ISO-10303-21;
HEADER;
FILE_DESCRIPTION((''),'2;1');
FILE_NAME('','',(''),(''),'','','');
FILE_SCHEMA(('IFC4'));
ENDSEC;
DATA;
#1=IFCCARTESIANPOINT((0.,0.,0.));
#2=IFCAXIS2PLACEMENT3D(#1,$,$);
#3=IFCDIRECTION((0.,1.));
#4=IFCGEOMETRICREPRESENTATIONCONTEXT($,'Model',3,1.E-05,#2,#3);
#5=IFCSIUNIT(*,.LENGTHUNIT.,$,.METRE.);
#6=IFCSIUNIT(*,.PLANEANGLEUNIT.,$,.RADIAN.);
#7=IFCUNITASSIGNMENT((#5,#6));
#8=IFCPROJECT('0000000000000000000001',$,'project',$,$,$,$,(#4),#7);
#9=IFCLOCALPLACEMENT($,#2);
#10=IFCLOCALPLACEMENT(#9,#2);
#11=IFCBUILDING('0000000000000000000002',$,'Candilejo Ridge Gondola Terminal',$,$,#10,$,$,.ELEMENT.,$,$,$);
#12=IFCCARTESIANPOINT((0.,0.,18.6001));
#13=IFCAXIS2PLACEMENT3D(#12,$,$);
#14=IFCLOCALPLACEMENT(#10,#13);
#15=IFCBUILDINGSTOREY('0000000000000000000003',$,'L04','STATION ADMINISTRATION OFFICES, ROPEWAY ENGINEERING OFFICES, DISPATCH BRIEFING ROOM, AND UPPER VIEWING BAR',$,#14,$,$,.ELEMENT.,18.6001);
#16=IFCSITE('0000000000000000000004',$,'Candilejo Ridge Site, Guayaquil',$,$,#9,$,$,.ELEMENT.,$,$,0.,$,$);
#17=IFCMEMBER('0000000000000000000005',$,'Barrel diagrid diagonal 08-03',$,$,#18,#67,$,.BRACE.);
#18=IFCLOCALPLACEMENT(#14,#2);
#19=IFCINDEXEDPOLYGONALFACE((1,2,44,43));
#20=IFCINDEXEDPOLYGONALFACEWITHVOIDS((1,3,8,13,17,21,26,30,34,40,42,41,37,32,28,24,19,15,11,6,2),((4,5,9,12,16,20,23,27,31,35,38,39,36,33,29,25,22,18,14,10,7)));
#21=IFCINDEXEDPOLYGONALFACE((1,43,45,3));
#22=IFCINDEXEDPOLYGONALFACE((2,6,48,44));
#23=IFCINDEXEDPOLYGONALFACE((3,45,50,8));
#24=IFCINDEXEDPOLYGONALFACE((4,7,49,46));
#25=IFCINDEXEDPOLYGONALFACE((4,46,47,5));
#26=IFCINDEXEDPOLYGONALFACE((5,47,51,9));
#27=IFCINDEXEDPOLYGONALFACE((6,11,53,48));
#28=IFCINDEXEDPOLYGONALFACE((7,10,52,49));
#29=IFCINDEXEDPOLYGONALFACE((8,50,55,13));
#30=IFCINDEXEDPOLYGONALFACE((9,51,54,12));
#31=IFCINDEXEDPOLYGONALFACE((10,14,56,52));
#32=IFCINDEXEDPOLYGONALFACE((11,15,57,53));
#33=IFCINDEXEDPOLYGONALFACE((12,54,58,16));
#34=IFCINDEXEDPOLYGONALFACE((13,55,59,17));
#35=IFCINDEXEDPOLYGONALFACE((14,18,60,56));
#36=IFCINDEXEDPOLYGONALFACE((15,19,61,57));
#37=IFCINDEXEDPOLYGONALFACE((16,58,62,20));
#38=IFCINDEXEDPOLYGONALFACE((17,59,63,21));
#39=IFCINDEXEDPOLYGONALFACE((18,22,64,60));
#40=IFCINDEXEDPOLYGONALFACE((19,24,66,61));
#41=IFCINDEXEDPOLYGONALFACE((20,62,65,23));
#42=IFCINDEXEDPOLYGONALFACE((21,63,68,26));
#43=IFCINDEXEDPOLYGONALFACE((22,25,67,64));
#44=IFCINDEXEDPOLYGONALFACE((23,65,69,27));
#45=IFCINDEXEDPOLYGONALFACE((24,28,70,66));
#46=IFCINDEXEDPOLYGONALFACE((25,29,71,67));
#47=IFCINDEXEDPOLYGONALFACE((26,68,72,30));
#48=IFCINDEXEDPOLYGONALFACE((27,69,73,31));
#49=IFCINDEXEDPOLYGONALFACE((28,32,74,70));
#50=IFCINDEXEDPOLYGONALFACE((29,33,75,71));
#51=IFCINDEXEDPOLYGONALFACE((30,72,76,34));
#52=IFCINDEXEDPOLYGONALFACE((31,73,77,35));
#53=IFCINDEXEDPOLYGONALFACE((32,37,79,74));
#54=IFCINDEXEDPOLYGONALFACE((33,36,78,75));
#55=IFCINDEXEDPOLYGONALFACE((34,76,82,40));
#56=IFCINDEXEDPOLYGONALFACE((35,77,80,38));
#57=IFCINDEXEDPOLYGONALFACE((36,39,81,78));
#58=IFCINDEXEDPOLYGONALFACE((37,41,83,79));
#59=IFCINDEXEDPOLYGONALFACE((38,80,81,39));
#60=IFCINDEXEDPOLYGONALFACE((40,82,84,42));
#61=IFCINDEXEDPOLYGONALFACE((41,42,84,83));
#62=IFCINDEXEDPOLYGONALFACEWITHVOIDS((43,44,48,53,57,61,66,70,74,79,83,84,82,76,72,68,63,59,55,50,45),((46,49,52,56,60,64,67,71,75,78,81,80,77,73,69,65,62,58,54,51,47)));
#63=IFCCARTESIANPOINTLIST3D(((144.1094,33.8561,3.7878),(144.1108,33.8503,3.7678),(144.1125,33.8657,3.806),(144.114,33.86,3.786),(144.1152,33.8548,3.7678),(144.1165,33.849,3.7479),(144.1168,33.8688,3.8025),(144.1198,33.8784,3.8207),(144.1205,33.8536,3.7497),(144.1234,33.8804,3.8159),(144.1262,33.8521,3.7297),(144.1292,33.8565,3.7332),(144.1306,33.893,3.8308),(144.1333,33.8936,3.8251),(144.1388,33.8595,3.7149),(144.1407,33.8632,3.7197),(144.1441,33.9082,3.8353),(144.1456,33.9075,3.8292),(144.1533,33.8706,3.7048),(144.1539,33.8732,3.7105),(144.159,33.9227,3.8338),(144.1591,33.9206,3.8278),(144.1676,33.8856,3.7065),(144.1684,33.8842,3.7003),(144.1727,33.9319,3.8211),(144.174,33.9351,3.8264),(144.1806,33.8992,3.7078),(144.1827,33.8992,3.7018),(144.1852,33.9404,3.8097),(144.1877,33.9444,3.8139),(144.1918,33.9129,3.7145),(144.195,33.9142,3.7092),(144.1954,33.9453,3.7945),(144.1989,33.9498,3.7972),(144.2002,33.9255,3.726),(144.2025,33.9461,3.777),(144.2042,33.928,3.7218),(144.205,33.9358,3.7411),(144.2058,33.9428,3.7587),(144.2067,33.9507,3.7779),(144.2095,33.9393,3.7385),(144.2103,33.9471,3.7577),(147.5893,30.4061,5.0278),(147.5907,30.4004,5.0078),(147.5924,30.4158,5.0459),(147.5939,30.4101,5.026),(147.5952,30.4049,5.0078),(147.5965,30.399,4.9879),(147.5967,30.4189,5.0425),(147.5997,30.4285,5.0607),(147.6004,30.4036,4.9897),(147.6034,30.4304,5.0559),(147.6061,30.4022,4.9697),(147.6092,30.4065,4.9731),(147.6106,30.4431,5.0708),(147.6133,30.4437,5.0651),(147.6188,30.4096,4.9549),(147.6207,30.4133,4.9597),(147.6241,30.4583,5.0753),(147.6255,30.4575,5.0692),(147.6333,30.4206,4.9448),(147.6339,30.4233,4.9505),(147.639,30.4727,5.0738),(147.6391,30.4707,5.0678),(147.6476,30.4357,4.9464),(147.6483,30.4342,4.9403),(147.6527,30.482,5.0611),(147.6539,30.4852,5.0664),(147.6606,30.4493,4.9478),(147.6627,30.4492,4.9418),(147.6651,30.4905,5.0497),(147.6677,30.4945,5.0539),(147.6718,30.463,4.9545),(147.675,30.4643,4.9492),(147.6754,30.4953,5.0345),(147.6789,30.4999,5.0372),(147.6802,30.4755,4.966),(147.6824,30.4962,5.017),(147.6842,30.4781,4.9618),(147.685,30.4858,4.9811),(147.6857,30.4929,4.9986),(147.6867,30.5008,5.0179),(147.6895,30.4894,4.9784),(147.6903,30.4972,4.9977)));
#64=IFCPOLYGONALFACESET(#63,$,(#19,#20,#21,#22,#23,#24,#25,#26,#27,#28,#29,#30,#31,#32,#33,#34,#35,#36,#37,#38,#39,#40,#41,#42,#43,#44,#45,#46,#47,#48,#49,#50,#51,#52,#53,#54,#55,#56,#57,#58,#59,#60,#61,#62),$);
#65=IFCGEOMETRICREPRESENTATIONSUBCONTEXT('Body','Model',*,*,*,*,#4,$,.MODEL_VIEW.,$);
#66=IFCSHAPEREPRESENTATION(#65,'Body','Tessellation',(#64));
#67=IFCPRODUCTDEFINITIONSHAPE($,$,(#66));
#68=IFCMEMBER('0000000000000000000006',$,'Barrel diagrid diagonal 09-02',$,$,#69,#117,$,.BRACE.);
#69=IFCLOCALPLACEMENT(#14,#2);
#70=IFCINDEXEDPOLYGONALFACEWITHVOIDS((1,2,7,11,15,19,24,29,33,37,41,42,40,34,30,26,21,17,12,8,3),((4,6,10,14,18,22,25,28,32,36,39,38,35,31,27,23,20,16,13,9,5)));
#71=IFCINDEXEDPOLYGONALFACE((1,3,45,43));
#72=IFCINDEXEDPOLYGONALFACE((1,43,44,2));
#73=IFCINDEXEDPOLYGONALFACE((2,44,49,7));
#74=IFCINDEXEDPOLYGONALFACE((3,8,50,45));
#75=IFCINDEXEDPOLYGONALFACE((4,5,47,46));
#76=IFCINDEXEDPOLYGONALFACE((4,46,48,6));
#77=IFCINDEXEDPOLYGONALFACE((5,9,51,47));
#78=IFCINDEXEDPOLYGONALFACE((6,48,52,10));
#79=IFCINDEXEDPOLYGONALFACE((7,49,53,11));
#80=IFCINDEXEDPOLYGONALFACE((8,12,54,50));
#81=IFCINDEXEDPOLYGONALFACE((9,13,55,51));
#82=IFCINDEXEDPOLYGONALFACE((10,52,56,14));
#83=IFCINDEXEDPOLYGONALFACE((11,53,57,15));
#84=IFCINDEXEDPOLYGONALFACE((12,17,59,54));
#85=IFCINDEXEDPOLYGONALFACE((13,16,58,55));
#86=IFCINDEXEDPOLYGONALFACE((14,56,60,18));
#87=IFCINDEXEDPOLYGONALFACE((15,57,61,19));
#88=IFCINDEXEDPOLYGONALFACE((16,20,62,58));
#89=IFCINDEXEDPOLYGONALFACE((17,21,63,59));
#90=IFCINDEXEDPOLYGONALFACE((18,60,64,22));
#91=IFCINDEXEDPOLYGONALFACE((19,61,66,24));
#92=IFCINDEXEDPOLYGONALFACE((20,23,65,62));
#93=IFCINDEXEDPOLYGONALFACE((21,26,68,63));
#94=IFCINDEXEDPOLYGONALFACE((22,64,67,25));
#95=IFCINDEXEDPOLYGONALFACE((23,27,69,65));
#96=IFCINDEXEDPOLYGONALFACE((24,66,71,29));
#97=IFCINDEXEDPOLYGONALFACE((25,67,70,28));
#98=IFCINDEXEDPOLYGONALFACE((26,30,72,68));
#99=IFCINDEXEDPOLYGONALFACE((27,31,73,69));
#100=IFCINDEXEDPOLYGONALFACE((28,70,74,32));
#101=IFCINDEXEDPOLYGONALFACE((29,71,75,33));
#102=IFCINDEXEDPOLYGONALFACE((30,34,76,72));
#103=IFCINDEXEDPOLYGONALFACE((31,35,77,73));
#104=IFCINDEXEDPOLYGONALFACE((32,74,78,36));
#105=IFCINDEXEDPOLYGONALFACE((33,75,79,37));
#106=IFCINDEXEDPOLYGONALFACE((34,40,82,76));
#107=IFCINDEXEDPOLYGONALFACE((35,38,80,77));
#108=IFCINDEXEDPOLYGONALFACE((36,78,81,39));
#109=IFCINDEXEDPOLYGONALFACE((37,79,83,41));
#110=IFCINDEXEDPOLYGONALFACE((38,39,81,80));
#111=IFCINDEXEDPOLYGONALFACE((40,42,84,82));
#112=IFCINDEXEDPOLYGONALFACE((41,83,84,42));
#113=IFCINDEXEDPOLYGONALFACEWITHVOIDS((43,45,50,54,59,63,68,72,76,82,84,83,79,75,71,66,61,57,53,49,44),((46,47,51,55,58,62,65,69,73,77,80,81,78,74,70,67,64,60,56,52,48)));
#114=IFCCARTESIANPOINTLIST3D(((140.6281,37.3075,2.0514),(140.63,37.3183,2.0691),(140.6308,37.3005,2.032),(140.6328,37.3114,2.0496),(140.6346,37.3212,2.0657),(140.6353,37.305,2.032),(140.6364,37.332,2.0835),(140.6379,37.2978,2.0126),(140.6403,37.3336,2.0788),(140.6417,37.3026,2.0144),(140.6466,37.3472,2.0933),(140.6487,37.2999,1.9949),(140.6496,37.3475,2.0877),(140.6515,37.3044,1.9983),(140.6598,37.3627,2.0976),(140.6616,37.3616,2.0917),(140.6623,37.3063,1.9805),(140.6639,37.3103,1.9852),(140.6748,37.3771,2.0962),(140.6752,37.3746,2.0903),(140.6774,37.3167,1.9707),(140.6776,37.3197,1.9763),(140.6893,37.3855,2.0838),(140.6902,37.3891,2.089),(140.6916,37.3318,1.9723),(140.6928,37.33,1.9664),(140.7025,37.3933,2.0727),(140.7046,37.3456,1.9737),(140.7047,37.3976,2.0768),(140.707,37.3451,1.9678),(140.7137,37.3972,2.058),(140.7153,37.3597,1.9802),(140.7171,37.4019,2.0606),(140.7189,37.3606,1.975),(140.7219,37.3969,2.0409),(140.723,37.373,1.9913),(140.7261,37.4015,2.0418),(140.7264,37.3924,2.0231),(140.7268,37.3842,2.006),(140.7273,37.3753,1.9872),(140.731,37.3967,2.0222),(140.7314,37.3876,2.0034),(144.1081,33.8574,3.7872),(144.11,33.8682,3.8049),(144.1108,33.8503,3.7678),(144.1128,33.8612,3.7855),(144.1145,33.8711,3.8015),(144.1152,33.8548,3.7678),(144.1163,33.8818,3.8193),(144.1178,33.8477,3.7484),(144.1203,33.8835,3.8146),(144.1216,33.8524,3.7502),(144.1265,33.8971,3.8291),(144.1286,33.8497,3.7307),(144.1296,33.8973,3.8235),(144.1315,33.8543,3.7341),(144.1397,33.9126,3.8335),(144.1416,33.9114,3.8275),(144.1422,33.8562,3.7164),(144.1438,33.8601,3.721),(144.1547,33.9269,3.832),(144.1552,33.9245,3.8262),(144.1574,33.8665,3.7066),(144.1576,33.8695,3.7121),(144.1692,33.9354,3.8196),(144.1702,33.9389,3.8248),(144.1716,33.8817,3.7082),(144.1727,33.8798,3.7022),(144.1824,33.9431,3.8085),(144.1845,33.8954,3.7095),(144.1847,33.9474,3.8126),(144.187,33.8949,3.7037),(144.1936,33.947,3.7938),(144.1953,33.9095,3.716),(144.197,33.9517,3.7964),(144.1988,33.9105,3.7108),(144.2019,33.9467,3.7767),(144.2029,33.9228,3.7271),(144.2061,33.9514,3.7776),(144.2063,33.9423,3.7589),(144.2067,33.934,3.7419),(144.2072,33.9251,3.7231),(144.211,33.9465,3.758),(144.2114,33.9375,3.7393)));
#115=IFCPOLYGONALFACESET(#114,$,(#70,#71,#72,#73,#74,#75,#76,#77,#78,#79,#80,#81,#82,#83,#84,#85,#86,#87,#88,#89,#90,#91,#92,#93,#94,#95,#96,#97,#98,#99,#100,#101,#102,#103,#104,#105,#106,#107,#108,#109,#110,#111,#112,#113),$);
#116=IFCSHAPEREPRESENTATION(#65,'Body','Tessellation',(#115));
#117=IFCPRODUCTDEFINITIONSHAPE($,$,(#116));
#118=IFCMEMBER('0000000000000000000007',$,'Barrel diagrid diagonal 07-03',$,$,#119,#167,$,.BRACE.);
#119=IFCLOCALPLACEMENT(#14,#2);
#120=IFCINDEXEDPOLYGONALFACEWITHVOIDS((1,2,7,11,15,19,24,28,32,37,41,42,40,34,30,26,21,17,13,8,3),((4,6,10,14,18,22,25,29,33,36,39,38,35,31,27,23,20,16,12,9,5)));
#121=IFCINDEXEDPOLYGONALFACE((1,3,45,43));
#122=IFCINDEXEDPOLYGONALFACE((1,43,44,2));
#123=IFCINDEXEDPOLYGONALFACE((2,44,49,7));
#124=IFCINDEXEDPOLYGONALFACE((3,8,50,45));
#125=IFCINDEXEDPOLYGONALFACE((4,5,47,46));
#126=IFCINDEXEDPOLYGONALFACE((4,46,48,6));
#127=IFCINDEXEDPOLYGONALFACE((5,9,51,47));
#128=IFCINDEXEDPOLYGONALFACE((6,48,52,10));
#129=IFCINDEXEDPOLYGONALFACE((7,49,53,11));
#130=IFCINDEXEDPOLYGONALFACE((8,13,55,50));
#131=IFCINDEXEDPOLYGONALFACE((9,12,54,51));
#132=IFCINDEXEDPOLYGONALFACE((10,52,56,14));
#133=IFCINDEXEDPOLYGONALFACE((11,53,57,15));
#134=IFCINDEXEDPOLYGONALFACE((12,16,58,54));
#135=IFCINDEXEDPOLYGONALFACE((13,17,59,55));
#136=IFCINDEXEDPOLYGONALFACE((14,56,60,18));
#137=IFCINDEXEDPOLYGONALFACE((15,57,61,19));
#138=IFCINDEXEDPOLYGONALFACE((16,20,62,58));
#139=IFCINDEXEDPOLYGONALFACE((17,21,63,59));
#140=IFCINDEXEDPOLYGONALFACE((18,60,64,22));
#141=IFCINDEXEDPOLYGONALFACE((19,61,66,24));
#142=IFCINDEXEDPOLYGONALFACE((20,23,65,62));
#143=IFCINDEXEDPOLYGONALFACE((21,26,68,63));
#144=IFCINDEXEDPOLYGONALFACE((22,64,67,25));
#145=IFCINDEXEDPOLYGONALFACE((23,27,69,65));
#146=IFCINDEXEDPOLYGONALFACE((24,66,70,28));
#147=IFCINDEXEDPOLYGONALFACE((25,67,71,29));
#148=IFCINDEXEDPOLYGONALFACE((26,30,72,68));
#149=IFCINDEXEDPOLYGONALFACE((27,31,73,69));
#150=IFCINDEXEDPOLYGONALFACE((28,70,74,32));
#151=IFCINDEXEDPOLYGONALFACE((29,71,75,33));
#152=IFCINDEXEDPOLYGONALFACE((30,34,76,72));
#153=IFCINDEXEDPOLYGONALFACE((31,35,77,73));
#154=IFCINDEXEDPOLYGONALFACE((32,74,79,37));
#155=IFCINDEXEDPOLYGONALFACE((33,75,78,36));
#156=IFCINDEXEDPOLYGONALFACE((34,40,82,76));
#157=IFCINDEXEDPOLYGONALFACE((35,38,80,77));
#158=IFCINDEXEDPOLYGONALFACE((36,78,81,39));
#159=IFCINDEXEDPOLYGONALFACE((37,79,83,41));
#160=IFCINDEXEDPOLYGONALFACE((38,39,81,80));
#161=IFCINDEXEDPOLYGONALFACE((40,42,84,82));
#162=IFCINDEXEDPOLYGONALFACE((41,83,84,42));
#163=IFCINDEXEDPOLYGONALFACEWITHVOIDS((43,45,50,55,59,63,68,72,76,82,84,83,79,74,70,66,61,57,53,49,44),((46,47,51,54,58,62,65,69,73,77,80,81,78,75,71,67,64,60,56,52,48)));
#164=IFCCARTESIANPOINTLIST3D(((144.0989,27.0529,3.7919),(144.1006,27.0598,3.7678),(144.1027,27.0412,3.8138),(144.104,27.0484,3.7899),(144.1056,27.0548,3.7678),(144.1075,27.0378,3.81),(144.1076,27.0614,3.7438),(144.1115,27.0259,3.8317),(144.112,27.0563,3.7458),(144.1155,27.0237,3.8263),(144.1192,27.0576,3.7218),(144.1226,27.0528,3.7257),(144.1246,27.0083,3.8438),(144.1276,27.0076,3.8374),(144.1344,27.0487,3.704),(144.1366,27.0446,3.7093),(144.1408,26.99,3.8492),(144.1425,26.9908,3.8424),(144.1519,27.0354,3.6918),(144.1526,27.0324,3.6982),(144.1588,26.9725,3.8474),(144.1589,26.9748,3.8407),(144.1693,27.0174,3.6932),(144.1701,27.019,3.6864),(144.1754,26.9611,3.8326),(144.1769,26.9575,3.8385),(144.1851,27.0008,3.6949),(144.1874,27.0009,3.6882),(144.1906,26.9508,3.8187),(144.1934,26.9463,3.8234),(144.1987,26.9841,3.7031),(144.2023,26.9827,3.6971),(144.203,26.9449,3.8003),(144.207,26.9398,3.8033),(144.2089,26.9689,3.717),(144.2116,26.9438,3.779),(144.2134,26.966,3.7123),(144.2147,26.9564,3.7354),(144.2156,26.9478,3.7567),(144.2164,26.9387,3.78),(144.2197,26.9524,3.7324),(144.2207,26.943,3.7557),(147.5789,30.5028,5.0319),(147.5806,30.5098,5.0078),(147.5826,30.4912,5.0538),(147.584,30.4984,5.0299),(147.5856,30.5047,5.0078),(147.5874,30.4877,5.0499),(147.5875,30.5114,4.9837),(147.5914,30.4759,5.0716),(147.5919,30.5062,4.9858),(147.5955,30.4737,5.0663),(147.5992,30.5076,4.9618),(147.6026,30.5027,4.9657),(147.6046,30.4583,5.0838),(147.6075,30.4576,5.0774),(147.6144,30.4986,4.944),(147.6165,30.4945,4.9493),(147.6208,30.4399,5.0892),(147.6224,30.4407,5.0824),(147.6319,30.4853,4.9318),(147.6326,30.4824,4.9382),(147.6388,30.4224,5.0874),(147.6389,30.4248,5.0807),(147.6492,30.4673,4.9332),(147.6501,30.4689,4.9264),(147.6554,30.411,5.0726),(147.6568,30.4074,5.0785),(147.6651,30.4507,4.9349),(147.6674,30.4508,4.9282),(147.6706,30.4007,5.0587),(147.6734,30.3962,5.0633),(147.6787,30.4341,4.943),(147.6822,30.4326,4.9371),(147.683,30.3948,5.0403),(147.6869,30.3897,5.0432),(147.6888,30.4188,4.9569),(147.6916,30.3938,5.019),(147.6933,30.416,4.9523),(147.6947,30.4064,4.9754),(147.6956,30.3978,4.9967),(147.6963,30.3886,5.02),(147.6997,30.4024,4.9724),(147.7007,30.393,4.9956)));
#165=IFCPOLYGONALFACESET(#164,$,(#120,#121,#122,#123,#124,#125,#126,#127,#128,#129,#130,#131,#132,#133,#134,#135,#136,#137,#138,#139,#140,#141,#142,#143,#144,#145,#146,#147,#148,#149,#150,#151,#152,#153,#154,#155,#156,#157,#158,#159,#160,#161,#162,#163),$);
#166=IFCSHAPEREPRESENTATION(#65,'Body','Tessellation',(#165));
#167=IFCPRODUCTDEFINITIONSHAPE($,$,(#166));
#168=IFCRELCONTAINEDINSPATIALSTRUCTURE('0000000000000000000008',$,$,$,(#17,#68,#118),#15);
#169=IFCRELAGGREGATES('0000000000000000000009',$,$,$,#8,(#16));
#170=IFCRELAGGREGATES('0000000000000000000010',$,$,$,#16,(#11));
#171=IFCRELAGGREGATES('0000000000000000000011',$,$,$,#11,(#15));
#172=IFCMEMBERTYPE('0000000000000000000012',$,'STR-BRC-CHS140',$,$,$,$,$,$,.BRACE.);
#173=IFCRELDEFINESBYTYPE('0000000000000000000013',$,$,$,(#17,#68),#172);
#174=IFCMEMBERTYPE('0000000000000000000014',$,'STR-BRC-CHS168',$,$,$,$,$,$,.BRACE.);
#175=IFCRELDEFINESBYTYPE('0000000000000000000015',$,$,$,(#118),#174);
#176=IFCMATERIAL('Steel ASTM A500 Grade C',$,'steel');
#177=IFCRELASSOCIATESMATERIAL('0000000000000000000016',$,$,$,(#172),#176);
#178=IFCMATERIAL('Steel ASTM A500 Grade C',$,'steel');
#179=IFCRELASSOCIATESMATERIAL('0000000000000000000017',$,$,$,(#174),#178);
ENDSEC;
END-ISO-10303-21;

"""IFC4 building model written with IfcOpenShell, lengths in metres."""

from ifc_helpers import new_model, si_unit, direction, frame, origin, origin_2d, place, context, subcontext, project, spatial, hollow_circle, extrude, material, material_profile, profile_set, type_object, element, save


model = new_model("IFC4")

# Units and contexts
model_context = context("Model", 3, precision=1e-05, world=origin(), true_north=direction((0.0, 1.0)))
body_context = subcontext(model_context, "Body", "Model", "MODEL_VIEW")
ifc_project = project(units=[si_unit("LENGTHUNIT", "METRE"), si_unit("PLANEANGLEUNIT", "RADIAN")], contexts=[model_context])

# Site, building, storey
site_placement = place(None, origin())
site = spatial("IfcSite", under=ifc_project, at=site_placement, Name="Candilejo Ridge Site, Guayaquil", CompositionType="ELEMENT", RefElevation=0.0)
building_placement = place(site_placement, origin())
building = spatial("IfcBuilding", under=site, at=building_placement, Name="Candilejo Ridge Gondola Terminal", CompositionType="ELEMENT")
storey_placement = place(building_placement, frame((0.0, 0.0, 18.6001)))
storey = spatial("IfcBuildingStorey", under=building, at=storey_placement, Name="L04", Description="STATION ADMINISTRATION OFFICES, ROPEWAY ENGINEERING OFFICES, DISPATCH BRIEFING ROOM, AND UPPER VIEWING BAR", CompositionType="ELEMENT", Elevation=18.6001)

# Members
ifc_material_1 = material(Name="Steel ASTM A500 Grade C", Category="steel")
ifc_material_profile_1 = material_profile(ifc_material_1, hollow_circle(Radius=0.0698, WallThickness=0.0063, at=origin_2d()))
ifc_profile_set_1 = profile_set([ifc_material_profile_1], Name="Steel ASTM A500 Grade C")
member_type_1 = type_object("IfcMemberType", Name="STR-BRC-CHS140", PredefinedType="BRACE", material=ifc_profile_set_1)
member_1_placement = place(storey_placement, frame((147.6399, 30.45, 5.0078), z_axis=(-0.688464, 0.682523, -0.245314), x_axis=(-0.704036, -0.710164, 0.0)))
element("IfcMember", 1, at=member_1_placement, inside=storey, type_object=member_type_1, Name="Barrel diagrid diagonal 08-03", PredefinedType="BRACE", context=body_context, shape_type="SweptSolid", body=[
    extrude(hollow_circle(Radius=0.0698, WallThickness=0.0063, at=origin_2d()), origin(), (0.0, 0.0, 1.0), 5.0547),
])
member_2_placement = place(storey_placement, frame((144.1599, 33.8999, 3.7678), z_axis=(-0.669385, 0.663656, -0.333894), x_axis=(-0.704061, -0.710139, 0.0)))
element("IfcMember", 2, at=member_2_placement, inside=storey, type_object=member_type_1, Name="Barrel diagrid diagonal 09-02", PredefinedType="BRACE", context=body_context, shape_type="SweptSolid", body=[
    extrude(hollow_circle(Radius=0.0698, WallThickness=0.0063, at=origin_2d()), origin(), (0.0, 0.0, 1.0), 5.1987),
])
ifc_material_2 = material(Name="Steel ASTM A500 Grade C", Category="steel")
ifc_material_profile_2 = material_profile(ifc_material_2, hollow_circle(Radius=0.0842, WallThickness=0.0071, at=origin_2d()))
ifc_profile_set_2 = profile_set([ifc_material_profile_2], Name="Steel ASTM A500 Grade C")
member_type_2 = type_object("IfcMemberType", Name="STR-BRC-CHS168", PredefinedType="BRACE", material=ifc_profile_set_2)
member_3_placement = place(storey_placement, frame((144.1599, 27.0, 3.7678), z_axis=(0.688464, 0.682523, 0.245314), x_axis=(-0.704036, 0.710164, 0.0)))
element("IfcMember", 3, at=member_3_placement, inside=storey, type_object=member_type_2, Name="Barrel diagrid diagonal 07-03", PredefinedType="BRACE", context=body_context, shape_type="SweptSolid", body=[
    extrude(hollow_circle(Radius=0.0842, WallThickness=0.0071, at=origin_2d()), origin(), (0.0, 0.0, 1.0), 5.0547),
])

save(model, "model.ifc")
